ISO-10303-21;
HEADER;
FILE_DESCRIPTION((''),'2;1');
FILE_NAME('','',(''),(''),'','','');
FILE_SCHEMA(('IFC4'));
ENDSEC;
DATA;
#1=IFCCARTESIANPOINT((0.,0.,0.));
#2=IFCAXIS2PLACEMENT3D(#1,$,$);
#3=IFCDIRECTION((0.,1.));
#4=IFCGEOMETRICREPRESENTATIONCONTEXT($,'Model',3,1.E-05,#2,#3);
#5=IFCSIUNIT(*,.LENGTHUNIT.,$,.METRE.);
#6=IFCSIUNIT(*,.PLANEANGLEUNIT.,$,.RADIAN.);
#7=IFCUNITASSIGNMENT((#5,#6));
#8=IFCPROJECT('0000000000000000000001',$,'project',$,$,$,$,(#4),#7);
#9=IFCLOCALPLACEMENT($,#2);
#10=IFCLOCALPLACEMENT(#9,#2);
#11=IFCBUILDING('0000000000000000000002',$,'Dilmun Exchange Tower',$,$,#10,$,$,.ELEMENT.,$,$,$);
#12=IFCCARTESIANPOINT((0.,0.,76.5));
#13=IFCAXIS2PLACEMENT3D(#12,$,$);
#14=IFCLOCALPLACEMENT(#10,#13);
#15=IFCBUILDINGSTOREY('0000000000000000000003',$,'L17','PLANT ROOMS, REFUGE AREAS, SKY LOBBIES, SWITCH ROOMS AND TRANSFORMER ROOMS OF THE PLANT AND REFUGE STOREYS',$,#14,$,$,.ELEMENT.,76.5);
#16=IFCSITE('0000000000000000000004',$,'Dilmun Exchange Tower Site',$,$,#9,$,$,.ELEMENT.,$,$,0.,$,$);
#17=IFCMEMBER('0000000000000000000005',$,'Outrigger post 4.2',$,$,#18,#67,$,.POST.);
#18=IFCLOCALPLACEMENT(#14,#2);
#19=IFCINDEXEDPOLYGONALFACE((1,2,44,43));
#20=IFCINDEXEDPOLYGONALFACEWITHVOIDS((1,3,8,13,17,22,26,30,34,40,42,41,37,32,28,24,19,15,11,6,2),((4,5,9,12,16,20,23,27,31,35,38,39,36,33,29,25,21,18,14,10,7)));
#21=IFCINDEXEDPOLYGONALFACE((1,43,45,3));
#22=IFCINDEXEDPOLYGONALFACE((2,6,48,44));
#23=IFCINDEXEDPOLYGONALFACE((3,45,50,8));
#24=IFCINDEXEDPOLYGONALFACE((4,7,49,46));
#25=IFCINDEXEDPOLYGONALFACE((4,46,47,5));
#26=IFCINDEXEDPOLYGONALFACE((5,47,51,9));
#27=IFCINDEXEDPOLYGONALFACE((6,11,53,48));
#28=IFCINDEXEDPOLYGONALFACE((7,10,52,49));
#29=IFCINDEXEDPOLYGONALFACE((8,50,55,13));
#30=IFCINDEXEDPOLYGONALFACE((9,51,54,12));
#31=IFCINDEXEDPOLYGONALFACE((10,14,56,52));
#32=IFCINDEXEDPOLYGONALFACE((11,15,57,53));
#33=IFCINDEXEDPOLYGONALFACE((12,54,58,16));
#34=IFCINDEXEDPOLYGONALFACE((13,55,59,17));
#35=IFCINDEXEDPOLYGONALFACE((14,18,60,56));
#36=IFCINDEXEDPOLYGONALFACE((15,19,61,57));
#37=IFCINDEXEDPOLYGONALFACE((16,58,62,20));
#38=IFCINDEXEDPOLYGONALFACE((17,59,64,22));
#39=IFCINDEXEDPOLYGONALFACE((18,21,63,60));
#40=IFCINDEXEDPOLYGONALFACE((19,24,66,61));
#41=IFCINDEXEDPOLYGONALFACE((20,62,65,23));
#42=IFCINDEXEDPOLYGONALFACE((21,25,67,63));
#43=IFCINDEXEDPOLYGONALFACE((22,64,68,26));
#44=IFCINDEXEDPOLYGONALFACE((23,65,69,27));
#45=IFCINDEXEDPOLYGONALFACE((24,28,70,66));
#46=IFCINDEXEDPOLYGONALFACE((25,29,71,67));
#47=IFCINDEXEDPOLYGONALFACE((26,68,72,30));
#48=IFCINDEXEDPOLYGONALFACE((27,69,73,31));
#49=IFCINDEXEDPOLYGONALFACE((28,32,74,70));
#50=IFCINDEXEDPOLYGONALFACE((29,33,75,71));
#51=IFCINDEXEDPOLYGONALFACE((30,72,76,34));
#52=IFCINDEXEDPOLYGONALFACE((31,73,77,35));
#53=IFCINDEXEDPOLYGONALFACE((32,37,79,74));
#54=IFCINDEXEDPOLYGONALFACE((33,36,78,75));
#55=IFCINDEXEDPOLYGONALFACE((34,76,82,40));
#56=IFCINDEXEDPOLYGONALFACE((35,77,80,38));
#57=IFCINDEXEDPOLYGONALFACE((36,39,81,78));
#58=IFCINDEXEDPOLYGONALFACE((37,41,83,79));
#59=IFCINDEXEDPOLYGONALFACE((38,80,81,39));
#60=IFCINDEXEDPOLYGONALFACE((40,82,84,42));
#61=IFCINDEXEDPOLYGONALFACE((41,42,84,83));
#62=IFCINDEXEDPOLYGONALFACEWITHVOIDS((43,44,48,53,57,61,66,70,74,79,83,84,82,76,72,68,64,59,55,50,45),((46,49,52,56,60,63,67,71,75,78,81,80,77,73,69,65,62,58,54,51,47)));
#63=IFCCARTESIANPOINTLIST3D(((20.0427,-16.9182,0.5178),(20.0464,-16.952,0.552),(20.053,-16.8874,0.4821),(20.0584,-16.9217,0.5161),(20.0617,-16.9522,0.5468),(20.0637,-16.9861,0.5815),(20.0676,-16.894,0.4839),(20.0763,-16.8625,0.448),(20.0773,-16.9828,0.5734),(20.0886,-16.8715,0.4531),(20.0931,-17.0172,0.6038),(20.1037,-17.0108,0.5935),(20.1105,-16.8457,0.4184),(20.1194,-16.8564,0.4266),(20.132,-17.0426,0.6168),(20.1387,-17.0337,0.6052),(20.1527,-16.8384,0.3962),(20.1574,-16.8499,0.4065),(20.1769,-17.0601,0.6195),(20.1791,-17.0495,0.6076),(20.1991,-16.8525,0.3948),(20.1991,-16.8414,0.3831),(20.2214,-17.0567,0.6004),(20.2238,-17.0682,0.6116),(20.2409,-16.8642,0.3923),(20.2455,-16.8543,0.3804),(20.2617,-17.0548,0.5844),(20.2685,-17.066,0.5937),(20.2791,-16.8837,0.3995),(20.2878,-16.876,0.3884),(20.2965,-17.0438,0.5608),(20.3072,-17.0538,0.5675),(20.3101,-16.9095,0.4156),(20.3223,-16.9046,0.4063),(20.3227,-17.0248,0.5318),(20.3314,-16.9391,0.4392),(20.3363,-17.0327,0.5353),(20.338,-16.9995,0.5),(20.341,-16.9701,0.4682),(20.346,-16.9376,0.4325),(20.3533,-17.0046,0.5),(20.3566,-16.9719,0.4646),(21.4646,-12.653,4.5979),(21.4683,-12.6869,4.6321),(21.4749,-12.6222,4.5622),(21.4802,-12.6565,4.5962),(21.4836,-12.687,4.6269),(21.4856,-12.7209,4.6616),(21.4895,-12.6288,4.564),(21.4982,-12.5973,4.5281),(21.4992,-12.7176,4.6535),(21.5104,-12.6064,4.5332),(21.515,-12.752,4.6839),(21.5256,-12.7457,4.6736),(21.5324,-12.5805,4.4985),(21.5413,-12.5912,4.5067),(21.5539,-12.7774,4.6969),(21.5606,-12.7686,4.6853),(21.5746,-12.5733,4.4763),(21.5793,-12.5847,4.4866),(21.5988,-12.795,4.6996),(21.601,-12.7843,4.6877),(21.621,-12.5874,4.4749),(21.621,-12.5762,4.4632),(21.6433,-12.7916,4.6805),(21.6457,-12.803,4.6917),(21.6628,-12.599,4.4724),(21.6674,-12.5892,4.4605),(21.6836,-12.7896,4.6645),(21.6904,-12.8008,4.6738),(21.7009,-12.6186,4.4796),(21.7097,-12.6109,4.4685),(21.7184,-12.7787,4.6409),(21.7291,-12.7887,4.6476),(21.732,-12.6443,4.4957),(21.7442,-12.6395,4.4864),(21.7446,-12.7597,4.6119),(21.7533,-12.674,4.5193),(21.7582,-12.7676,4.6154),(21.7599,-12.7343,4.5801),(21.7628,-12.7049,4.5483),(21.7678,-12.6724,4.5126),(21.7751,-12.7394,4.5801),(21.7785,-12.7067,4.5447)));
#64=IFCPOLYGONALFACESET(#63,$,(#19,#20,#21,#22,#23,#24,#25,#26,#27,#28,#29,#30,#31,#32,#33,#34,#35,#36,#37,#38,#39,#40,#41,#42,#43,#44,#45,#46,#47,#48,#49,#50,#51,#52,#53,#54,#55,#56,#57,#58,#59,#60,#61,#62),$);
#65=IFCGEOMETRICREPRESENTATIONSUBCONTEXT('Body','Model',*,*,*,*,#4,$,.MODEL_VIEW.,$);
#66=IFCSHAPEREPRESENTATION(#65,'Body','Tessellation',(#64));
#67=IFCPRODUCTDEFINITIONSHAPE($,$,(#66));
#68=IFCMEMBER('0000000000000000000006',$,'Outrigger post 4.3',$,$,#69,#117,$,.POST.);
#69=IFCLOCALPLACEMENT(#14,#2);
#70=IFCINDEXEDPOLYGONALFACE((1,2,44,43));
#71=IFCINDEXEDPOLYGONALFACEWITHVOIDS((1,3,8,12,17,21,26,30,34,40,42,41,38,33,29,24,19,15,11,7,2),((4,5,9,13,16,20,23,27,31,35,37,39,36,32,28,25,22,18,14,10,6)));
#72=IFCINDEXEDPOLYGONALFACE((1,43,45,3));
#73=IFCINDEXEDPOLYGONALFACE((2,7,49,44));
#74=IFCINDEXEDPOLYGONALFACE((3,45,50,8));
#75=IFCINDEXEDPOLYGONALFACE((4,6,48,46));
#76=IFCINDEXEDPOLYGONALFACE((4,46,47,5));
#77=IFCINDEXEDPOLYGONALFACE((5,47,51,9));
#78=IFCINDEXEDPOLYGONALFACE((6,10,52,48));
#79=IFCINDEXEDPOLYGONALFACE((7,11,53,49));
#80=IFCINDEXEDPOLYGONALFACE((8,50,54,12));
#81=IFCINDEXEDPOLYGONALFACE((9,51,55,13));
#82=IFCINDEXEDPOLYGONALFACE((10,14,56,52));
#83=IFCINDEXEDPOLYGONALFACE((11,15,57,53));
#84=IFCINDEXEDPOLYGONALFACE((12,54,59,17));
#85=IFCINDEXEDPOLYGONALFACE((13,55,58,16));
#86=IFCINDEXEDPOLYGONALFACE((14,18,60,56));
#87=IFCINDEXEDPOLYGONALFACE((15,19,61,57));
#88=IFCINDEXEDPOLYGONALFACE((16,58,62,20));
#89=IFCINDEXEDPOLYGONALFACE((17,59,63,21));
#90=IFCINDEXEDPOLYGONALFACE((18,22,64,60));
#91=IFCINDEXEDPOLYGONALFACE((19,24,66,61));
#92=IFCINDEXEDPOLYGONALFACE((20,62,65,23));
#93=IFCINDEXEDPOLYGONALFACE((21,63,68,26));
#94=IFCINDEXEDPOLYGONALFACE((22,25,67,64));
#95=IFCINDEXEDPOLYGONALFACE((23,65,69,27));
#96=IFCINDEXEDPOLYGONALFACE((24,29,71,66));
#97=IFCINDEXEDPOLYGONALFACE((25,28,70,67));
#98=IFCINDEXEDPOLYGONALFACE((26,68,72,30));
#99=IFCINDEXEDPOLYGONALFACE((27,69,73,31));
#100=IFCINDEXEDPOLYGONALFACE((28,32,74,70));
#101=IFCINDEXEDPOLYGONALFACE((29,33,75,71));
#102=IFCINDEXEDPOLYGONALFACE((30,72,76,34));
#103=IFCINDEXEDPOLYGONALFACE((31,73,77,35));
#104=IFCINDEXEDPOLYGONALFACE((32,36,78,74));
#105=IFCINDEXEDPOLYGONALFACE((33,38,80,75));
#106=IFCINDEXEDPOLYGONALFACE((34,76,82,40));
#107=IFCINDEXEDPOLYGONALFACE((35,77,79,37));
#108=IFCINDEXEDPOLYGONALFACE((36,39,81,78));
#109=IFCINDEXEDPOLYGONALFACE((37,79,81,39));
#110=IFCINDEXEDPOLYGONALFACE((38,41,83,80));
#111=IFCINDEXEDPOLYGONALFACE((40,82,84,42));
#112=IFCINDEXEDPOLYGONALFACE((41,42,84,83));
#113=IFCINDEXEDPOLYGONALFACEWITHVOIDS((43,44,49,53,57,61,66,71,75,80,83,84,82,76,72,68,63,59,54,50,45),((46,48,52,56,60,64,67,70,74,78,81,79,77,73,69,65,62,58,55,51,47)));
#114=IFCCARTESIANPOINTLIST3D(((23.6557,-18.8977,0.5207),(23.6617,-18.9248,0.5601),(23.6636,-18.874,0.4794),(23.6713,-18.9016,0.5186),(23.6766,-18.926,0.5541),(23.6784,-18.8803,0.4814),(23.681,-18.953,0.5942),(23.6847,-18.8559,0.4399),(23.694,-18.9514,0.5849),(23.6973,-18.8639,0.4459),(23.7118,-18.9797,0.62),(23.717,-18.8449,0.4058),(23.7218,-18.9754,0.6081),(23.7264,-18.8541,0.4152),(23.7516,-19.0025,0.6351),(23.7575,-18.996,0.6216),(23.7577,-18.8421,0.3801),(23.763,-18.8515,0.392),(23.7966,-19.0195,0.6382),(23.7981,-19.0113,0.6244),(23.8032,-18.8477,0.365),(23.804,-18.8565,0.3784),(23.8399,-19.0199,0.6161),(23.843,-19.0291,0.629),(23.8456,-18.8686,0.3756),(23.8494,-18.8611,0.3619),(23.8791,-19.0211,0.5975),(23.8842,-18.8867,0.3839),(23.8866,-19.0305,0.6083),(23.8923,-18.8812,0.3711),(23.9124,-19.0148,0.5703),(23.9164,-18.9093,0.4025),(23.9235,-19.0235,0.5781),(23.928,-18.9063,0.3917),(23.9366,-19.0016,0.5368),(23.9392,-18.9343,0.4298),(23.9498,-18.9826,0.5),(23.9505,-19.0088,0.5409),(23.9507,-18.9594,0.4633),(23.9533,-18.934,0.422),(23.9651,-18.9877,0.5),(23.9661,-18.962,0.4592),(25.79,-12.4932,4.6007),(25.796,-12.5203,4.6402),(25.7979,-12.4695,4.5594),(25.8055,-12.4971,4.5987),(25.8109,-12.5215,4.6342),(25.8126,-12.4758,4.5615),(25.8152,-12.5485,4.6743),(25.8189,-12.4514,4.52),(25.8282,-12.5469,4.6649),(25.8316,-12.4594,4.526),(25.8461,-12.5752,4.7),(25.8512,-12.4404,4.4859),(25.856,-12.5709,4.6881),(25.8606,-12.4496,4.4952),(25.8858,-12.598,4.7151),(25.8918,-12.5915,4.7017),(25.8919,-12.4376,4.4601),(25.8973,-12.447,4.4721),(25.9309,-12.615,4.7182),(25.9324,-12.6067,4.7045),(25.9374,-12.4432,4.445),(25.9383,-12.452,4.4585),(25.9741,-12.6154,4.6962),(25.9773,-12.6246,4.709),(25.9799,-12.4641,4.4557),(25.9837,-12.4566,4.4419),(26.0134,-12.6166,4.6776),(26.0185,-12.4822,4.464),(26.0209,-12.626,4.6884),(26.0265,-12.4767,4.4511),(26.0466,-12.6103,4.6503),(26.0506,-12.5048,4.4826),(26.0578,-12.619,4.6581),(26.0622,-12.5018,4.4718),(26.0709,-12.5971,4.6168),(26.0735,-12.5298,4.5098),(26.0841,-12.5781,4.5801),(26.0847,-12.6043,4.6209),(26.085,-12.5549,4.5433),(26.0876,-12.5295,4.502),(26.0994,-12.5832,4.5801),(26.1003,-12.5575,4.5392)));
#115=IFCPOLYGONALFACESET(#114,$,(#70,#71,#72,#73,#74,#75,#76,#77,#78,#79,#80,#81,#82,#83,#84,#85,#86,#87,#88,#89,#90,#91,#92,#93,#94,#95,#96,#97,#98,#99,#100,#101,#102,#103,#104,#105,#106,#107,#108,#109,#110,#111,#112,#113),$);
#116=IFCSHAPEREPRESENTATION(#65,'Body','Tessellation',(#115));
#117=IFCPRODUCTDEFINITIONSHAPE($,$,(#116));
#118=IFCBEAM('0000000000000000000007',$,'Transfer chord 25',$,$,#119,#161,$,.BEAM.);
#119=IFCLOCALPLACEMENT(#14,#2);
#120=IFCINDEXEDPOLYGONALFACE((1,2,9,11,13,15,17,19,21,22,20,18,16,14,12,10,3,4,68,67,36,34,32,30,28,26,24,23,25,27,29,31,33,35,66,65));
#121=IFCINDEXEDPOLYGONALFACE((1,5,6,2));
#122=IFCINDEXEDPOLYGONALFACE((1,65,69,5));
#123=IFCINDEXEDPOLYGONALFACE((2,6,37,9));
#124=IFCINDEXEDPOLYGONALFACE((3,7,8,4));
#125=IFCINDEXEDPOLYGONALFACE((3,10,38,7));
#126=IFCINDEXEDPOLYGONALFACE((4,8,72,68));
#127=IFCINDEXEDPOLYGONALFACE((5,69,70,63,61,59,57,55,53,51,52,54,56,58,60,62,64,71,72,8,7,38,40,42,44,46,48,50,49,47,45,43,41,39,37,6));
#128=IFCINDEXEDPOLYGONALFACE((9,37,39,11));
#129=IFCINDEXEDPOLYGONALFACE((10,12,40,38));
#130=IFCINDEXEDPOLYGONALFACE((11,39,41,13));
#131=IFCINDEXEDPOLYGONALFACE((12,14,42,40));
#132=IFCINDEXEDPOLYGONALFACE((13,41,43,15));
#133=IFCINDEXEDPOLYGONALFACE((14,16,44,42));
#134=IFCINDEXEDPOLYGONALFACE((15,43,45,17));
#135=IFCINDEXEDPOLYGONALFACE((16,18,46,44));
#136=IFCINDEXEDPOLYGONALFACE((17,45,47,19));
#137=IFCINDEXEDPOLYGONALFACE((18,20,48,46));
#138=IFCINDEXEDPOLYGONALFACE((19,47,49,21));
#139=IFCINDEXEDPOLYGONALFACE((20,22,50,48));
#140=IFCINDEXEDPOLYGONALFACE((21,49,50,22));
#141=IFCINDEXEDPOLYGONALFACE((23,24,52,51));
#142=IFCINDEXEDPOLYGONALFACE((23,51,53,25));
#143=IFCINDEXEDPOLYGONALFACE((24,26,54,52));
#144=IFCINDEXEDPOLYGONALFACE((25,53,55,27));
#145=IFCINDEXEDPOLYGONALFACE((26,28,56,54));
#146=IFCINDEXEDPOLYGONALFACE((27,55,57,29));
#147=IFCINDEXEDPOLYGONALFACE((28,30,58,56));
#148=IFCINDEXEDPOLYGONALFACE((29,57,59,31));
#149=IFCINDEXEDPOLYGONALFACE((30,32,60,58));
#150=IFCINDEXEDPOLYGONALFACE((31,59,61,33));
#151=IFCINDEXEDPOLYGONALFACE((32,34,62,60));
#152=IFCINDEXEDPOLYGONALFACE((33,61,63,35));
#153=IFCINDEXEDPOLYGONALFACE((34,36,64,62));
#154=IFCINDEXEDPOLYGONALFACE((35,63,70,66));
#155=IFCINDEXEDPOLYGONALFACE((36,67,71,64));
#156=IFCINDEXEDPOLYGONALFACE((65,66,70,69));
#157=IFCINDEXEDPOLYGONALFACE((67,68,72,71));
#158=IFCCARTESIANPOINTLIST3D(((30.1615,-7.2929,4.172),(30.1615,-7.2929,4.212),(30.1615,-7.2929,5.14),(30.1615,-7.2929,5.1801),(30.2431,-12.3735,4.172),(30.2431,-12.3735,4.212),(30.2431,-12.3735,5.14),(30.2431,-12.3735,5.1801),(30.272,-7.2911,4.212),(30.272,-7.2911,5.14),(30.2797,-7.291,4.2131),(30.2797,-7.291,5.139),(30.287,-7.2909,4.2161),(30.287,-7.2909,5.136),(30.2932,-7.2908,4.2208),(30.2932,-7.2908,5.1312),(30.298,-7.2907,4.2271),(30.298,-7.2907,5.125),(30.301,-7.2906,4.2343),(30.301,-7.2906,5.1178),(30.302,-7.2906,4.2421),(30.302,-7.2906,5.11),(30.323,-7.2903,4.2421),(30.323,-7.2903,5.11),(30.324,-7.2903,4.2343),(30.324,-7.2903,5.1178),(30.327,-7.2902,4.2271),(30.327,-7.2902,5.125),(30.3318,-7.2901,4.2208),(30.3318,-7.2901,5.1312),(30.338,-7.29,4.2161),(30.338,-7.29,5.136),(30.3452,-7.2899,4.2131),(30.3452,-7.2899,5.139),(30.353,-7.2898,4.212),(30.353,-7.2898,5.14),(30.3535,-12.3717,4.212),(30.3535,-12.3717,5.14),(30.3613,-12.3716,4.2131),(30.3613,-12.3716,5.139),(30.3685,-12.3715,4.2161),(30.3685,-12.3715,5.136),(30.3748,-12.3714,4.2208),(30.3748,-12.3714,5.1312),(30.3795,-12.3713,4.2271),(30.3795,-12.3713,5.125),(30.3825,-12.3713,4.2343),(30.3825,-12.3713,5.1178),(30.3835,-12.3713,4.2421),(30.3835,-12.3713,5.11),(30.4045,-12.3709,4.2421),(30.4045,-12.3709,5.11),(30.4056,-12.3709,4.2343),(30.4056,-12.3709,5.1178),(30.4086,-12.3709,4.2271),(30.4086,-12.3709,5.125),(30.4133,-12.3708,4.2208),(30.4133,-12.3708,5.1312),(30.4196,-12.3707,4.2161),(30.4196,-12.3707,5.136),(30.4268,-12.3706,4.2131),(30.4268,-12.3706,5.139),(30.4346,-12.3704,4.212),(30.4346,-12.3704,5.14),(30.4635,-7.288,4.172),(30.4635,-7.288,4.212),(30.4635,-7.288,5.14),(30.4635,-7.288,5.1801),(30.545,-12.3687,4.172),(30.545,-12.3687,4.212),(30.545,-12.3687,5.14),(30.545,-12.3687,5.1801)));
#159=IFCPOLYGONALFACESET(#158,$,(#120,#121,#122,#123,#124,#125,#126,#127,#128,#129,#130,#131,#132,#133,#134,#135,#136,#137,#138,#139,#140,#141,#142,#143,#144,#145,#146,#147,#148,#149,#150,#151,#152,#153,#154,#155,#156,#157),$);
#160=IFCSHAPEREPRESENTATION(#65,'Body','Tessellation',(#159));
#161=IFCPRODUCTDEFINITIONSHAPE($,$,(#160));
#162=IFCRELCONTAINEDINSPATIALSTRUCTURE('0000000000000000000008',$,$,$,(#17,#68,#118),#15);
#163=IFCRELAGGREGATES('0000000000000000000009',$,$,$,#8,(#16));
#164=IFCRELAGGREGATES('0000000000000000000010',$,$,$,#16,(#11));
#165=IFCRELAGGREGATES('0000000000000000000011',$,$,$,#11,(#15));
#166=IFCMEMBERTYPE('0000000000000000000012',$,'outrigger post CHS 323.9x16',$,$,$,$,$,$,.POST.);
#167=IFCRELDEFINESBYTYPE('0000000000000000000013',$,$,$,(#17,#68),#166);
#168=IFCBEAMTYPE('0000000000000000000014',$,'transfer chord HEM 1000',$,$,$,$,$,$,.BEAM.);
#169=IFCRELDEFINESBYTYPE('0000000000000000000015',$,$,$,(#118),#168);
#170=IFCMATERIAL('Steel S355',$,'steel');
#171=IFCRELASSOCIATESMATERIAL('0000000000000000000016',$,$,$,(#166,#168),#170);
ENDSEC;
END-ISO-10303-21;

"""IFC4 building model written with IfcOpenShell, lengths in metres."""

from ifc_helpers import new_model, si_unit, direction, frame, origin, origin_2d, place, context, subcontext, project, spatial, hollow_circle, i_section, extrude, material, material_profile, profile_set, type_object, element, save


model = new_model("IFC4")

# Units and contexts
model_context = context("Model", 3, precision=1e-05, world=origin(), true_north=direction((0.0, 1.0)))
body_context = subcontext(model_context, "Body", "Model", "MODEL_VIEW")
ifc_project = project(units=[si_unit("LENGTHUNIT", "METRE"), si_unit("PLANEANGLEUNIT", "RADIAN")], contexts=[model_context])

# Site, building, storey
site_placement = place(None, origin())
site = spatial("IfcSite", under=ifc_project, at=site_placement, Name="Dilmun Exchange Tower Site", CompositionType="ELEMENT", RefElevation=0.0)
building_placement = place(site_placement, origin())
building = spatial("IfcBuilding", under=site, at=building_placement, Name="Dilmun Exchange Tower", CompositionType="ELEMENT")
storey_placement = place(building_placement, frame((0.0, 0.0, 76.5)))
storey = spatial("IfcBuildingStorey", under=building, at=storey_placement, Name="L17", Description="PLANT ROOMS, REFUGE AREAS, SKY LOBBIES, SWITCH ROOMS AND TRANSFORMER ROOMS OF THE PLANT AND REFUGE STOREYS", CompositionType="ELEMENT", Elevation=76.5)

# Shared definitions
ifc_material_1 = material(Name="Steel S355", Category="steel")

# Members
ifc_material_profile_1 = material_profile(ifc_material_1, hollow_circle(Radius=0.1619, WallThickness=0.0161, at=origin_2d()), Name="CHS 323.9x16")
ifc_profile_set_1 = profile_set([ifc_material_profile_1], Name="Steel S355")
member_type_1 = type_object("IfcMemberType", Name="outrigger post CHS 323.9x16", PredefinedType="POST", material=ifc_profile_set_1)
member_1_placement = place(storey_placement, frame((21.6216, -12.6882, 4.5801), z_axis=(-0.234198, -0.702513, -0.672032), x_axis=(0.948672, -0.31626, 0.0)))
element("IfcMember", 1, at=member_1_placement, inside=storey, type_object=member_type_1, Name="Outrigger post 4.2", PredefinedType="POST", context=body_context, shape_type="SweptSolid", body=[
    extrude(hollow_circle(Radius=0.1619, WallThickness=0.0161, at=origin_2d()), origin(), (0.0, 0.0, 1.0), 6.0713),
])
member_2_placement = place(storey_placement, frame((25.9458, -12.532, 4.5801), z_axis=(-0.270573, -0.811936, -0.517252), x_axis=(0.948709, -0.316152, 0.0)))
element("IfcMember", 2, at=member_2_placement, inside=storey, type_object=member_type_1, Name="Outrigger post 4.3", PredefinedType="POST", context=body_context, shape_type="SweptSolid", body=[
    extrude(hollow_circle(Radius=0.1619, WallThickness=0.0161, at=origin_2d()), origin(), (0.0, 0.0, 1.0), 7.8879),
])

# Beam
ifc_material_profile_2 = material_profile(ifc_material_1, i_section(OverallWidth=0.302, OverallDepth=1.0081, WebThickness=0.021, FlangeThickness=0.04, FilletRadius=0.03, at=origin_2d()), Name="HEM 1000")
ifc_profile_set_2 = profile_set([ifc_material_profile_2], Name="Steel S355")
beam_type_1 = type_object("IfcBeamType", Name="transfer chord HEM 1000", PredefinedType="BEAM", material=ifc_profile_set_2)
for number, where, z_axis, x_axis, name in (
    (3, (30.394, -12.3711, 4.676), (-0.016048, 0.999871, 0.0), (-0.999871, -0.016048, 0.0), "Transfer chord 25"),
):
    element("IfcBeam", number, at=place(storey_placement, frame(where, z_axis=z_axis, x_axis=x_axis)), inside=storey, type_object=beam_type_1, Name=name, PredefinedType="BEAM", context=body_context, shape_type="SweptSolid", body=[
        extrude(i_section(OverallWidth=0.302, OverallDepth=1.0081, WebThickness=0.021, FlangeThickness=0.04, FilletRadius=0.03, at=origin_2d()), origin(), (0.0, 0.0, 1.0), 5.0813),
    ])

save(model, "model.ifc")
